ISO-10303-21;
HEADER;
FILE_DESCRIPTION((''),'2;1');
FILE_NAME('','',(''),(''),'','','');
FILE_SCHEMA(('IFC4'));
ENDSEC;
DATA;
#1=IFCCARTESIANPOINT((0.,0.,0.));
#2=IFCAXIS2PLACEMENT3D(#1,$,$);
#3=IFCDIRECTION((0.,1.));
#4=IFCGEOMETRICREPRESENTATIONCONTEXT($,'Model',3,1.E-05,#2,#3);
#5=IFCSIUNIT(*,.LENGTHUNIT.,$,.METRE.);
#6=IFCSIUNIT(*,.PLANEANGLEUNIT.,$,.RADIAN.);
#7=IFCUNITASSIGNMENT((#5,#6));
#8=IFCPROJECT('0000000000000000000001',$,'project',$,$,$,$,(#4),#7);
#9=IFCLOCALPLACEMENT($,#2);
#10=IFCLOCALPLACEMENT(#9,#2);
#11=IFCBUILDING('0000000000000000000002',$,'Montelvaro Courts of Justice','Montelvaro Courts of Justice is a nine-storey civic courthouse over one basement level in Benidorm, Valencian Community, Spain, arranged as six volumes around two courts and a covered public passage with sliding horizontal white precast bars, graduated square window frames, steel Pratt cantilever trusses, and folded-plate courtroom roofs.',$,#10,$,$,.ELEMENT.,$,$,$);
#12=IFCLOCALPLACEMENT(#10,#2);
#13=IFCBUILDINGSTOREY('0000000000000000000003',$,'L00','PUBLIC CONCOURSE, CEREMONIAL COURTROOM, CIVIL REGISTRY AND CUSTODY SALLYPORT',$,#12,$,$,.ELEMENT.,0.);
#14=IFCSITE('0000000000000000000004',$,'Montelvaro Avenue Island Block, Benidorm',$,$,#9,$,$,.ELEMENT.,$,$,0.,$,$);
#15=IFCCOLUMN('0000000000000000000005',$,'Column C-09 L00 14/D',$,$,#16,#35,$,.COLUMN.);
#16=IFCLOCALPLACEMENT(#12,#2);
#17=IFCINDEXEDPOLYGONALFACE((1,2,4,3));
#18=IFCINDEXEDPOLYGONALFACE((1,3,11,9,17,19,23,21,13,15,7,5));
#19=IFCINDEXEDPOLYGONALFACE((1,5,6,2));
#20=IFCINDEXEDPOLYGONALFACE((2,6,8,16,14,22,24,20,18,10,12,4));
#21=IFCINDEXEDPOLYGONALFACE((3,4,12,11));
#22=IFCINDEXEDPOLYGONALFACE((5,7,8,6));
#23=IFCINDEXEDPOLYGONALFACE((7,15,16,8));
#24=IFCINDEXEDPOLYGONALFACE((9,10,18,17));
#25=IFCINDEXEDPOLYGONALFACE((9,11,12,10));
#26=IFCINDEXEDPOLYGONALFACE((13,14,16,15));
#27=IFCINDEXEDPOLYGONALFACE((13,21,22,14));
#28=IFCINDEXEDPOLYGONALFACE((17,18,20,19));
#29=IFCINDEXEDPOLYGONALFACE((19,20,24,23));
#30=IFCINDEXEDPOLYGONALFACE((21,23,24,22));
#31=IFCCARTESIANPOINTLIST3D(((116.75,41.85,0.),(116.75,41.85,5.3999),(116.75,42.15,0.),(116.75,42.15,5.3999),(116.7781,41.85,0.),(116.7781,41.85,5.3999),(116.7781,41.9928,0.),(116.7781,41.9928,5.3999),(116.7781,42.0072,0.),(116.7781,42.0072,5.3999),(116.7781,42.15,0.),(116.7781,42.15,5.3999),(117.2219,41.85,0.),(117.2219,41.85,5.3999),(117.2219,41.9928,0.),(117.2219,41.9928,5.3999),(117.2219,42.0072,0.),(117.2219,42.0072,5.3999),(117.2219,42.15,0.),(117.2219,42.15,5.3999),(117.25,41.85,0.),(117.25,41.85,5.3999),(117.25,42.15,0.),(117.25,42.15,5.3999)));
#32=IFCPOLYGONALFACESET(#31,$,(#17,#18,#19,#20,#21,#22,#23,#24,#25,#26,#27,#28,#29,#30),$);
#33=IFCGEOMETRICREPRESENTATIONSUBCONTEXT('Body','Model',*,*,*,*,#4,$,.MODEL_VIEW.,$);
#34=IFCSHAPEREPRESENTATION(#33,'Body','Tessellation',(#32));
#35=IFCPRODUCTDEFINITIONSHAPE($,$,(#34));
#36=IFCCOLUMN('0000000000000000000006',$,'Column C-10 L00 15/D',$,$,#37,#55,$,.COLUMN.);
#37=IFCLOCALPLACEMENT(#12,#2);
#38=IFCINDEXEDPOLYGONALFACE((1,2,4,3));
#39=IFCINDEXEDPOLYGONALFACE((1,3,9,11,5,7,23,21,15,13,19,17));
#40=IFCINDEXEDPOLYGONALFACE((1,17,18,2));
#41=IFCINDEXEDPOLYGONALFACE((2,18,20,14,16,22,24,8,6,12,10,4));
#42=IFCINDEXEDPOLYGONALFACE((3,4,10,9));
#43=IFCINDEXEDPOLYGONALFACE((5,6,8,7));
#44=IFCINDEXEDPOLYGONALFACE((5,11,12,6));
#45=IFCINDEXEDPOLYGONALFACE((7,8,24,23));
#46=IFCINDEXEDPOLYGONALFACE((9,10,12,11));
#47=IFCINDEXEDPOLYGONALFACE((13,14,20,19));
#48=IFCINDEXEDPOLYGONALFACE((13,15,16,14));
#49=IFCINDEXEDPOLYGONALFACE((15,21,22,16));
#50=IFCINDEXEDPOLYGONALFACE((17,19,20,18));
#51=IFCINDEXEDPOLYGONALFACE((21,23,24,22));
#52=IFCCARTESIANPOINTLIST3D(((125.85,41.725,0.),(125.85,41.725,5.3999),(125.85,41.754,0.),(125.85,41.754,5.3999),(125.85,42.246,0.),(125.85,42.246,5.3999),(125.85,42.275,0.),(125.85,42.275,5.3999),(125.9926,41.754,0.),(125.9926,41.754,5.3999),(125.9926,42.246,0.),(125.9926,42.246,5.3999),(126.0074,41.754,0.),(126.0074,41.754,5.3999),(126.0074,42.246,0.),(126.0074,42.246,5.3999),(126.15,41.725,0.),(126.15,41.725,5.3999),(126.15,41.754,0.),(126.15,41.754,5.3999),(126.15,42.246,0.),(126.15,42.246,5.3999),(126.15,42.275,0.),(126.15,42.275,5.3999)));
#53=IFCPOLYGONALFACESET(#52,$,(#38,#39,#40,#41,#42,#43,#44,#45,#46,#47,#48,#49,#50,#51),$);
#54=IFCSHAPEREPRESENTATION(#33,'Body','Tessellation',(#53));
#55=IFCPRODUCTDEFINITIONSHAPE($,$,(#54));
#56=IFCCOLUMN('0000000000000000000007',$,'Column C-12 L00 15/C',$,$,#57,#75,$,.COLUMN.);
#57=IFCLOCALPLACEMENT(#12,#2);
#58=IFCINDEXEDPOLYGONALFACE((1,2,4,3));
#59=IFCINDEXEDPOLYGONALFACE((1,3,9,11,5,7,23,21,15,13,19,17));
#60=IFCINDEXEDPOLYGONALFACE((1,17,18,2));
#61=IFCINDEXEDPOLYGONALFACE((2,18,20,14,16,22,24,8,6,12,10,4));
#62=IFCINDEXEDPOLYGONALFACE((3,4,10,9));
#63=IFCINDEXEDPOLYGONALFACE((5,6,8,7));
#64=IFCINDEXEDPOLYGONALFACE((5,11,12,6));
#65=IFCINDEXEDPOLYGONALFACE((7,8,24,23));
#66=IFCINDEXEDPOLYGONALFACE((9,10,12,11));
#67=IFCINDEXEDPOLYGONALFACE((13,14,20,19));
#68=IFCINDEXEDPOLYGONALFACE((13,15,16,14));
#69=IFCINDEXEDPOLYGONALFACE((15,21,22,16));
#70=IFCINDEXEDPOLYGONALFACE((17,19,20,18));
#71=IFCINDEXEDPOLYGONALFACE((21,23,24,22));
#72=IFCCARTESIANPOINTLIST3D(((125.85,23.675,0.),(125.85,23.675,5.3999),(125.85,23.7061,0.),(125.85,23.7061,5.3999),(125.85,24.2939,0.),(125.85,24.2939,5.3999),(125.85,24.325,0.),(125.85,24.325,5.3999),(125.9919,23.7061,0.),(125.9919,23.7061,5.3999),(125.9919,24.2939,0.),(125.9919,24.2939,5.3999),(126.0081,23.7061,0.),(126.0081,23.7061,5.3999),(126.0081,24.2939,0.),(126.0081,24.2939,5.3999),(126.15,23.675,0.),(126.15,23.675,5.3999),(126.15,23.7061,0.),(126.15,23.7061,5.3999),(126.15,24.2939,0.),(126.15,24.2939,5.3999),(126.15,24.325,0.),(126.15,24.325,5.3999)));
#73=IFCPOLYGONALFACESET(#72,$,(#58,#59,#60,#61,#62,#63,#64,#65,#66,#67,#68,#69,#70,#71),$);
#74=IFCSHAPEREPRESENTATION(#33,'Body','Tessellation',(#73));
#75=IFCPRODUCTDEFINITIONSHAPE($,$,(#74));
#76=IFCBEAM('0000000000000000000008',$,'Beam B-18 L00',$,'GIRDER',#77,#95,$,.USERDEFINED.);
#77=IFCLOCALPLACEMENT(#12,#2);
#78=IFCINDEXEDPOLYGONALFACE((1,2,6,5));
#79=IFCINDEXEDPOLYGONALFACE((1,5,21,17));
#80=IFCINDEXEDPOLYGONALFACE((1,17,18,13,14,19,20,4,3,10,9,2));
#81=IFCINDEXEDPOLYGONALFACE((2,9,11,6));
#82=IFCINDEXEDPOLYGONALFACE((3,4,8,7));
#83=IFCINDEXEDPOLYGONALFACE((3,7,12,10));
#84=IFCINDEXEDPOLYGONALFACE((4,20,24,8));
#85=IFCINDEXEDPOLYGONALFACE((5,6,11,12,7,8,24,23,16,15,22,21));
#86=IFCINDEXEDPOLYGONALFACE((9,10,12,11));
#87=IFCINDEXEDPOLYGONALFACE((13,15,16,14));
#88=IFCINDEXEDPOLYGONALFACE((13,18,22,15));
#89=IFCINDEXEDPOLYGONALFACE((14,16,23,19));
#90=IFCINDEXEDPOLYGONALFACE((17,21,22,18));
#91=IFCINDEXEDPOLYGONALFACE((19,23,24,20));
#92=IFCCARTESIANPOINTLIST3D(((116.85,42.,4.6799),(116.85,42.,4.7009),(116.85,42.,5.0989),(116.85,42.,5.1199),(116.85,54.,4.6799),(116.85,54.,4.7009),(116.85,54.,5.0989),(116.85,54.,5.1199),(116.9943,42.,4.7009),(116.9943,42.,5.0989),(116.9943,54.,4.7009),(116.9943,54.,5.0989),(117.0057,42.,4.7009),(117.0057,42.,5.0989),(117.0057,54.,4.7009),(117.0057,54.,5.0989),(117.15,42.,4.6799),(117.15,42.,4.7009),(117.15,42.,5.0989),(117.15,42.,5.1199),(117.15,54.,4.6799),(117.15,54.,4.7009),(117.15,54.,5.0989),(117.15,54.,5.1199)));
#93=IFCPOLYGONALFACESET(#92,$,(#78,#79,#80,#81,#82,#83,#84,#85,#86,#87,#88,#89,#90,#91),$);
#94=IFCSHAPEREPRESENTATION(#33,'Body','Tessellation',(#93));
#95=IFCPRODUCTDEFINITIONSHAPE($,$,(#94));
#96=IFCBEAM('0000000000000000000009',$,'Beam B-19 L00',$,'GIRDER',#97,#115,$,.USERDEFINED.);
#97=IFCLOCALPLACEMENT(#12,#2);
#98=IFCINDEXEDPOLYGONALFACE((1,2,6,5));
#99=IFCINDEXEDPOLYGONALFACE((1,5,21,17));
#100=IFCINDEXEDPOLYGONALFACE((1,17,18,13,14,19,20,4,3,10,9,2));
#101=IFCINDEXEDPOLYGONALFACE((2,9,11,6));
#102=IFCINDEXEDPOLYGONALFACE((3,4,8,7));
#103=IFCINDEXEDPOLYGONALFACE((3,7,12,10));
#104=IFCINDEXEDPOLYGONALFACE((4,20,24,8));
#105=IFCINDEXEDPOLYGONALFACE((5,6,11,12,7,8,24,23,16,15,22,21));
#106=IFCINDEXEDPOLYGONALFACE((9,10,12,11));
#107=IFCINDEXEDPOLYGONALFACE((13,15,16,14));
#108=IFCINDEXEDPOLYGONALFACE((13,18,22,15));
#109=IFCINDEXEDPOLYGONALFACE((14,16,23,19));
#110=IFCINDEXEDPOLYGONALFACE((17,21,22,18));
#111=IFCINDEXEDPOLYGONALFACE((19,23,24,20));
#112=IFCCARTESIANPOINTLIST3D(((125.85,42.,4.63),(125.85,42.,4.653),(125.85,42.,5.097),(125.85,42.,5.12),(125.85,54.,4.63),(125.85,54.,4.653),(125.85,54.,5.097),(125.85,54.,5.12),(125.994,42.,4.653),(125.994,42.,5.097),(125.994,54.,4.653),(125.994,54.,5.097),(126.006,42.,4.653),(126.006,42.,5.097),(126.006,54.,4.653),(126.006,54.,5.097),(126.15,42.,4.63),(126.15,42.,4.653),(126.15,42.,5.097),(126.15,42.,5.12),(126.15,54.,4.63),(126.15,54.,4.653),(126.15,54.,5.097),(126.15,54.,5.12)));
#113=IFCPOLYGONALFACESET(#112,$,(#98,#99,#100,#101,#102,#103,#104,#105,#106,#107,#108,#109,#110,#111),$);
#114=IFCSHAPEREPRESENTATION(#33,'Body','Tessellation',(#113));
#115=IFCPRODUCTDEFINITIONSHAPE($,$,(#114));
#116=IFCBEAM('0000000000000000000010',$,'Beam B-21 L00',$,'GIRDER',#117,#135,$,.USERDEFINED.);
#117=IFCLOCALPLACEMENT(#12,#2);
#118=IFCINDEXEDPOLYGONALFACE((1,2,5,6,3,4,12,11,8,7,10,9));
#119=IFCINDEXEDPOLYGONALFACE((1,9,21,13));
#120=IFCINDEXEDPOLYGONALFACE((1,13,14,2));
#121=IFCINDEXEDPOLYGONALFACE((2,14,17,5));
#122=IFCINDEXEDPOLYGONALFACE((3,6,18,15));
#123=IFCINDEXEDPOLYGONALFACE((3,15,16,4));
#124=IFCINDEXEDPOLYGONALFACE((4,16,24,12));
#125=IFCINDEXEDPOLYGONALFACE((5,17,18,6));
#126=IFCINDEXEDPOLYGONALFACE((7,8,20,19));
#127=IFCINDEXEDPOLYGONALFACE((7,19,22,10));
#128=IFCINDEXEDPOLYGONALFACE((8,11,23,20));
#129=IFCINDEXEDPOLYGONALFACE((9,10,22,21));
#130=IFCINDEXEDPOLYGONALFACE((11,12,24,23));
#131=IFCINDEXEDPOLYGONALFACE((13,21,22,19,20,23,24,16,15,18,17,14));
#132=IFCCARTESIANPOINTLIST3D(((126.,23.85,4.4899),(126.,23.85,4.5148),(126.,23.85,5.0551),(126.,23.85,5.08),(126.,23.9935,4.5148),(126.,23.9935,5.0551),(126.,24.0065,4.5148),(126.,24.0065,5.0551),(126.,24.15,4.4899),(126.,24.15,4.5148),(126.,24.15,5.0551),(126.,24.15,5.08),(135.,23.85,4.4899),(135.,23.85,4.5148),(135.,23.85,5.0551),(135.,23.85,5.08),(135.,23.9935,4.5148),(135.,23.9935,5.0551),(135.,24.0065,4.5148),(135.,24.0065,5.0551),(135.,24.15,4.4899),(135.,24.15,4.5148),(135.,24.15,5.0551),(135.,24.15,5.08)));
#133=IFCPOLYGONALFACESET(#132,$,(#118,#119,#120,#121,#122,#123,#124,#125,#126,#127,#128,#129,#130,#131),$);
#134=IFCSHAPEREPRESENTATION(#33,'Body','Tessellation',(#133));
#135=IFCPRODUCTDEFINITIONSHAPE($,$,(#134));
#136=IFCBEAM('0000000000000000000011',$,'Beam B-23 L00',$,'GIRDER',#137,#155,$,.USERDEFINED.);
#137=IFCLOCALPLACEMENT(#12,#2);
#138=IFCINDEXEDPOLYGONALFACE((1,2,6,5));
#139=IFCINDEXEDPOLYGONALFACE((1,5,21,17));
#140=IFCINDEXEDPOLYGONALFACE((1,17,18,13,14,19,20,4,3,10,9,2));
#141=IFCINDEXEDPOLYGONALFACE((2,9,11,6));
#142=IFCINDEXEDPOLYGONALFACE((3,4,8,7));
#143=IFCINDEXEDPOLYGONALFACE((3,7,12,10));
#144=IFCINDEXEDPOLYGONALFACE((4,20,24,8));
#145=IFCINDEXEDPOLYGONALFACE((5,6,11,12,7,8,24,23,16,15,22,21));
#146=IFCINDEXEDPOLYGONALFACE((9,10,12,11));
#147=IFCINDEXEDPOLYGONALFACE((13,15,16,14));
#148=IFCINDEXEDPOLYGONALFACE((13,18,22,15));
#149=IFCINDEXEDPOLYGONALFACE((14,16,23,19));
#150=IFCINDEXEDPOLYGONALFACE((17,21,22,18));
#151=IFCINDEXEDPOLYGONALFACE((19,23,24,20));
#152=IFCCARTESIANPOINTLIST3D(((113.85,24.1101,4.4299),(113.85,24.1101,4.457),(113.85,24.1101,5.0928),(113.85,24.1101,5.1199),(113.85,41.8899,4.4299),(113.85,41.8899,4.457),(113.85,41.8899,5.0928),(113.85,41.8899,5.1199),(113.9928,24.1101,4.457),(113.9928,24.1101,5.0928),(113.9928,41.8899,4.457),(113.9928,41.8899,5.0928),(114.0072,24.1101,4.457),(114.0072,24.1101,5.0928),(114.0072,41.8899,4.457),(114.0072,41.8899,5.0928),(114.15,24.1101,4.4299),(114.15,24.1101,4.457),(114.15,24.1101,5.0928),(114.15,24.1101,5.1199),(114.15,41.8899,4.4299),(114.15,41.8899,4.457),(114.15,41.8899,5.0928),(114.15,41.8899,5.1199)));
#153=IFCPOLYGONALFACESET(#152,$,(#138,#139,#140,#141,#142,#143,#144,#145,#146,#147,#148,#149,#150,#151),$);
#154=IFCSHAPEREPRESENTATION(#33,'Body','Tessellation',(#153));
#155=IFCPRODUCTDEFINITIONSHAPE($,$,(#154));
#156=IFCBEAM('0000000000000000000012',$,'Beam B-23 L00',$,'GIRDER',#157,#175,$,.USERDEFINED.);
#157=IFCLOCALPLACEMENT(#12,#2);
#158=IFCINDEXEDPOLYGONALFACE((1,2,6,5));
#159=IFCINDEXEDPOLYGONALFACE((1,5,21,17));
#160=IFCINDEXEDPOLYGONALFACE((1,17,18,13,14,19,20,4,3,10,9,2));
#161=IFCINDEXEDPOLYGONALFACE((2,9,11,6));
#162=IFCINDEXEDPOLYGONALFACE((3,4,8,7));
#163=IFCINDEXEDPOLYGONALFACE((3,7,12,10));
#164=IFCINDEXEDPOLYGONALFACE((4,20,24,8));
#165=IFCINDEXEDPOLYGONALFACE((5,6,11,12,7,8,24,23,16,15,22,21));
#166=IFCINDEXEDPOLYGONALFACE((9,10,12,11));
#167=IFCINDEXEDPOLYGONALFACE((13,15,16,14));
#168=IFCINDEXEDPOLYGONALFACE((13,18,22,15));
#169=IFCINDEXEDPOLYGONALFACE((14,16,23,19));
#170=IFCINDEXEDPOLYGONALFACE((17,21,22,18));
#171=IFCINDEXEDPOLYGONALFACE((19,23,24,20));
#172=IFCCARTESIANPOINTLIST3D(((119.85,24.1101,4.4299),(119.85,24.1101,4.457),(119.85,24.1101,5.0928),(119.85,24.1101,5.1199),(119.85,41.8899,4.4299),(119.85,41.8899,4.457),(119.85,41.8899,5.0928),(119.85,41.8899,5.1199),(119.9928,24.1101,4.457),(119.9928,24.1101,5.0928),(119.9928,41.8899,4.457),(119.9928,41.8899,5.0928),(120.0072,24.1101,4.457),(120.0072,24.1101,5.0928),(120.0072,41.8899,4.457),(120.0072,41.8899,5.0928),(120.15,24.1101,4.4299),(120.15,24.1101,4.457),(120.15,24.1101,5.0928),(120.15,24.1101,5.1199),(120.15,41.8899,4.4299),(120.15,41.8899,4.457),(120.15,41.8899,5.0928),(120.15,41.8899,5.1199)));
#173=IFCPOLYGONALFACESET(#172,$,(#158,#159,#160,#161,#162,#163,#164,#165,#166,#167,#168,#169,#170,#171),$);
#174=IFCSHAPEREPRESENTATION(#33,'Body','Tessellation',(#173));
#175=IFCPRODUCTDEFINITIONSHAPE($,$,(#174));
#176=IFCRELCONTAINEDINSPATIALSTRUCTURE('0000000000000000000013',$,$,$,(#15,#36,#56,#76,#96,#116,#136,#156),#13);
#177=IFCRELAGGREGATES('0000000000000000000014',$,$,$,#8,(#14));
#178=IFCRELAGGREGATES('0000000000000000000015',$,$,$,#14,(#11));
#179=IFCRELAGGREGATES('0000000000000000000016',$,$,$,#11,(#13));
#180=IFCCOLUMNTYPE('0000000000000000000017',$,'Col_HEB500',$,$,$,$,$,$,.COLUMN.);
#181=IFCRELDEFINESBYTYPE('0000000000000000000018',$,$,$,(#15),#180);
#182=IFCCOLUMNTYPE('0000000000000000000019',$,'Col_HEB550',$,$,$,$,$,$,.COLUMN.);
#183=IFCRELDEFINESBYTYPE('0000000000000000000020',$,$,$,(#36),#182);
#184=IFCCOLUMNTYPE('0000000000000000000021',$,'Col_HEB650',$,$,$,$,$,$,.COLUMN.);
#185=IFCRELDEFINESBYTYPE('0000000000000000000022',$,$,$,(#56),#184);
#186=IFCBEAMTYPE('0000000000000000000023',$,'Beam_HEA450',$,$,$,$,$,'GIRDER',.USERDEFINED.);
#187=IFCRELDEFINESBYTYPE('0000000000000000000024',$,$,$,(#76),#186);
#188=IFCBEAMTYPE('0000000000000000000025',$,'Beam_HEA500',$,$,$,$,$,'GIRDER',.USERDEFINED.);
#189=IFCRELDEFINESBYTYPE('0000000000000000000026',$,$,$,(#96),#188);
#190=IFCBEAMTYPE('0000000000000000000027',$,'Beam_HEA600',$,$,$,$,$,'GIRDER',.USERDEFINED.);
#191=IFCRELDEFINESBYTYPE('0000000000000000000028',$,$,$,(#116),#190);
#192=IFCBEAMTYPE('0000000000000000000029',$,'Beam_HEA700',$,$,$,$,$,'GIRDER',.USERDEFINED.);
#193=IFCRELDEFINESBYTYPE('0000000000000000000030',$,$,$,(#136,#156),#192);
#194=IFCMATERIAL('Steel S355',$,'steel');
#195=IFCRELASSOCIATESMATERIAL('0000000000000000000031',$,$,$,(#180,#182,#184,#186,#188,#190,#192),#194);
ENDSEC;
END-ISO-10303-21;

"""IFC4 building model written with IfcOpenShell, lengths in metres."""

from ifc_helpers import new_model, si_unit, direction, frame, origin, origin_2d, place, context, subcontext, project, spatial, i_section, extrude, material, material_profile, profile_set, type_object, element, save


model = new_model("IFC4")

# Units and contexts
model_context = context("Model", 3, precision=1e-05, world=origin(), true_north=direction((0.0, 1.0)))
body_context = subcontext(model_context, "Body", "Model", "MODEL_VIEW")
ifc_project = project(units=[si_unit("LENGTHUNIT", "METRE"), si_unit("PLANEANGLEUNIT", "RADIAN")], contexts=[model_context])

# Site, building, storey
site_placement = place(None, origin())
site = spatial("IfcSite", under=ifc_project, at=site_placement, Name="Montelvaro Avenue Island Block, Benidorm", CompositionType="ELEMENT", RefElevation=0.0)
building_placement = place(site_placement, origin())
building = spatial("IfcBuilding", under=site, at=building_placement, Name="Montelvaro Courts of Justice", Description="Montelvaro Courts of Justice is a nine-storey civic courthouse over one basement level in Benidorm, Valencian Community, Spain, arranged as six volumes around two courts and a covered public passage with sliding horizontal white precast bars, graduated square window frames, steel Pratt cantilever trusses, and folded-plate courtroom roofs.", CompositionType="ELEMENT")
storey_placement = place(building_placement, origin())
storey = spatial("IfcBuildingStorey", under=building, at=storey_placement, Name="L00", Description="PUBLIC CONCOURSE, CEREMONIAL COURTROOM, CIVIL REGISTRY AND CUSTODY SALLYPORT", CompositionType="ELEMENT", Elevation=0.0)

# Columns
ifc_material_1 = material(Name="Steel S355", Category="steel")
ifc_material_profile_1 = material_profile(ifc_material_1, i_section(OverallWidth=0.3, OverallDepth=0.5, WebThickness=0.0144, FlangeThickness=0.0281, at=origin_2d()), Name="HEB 500")
ifc_profile_set_1 = profile_set([ifc_material_profile_1], Name="Steel S355")
column_type_1 = type_object("IfcColumnType", Name="Col_HEB500", PredefinedType="COLUMN", material=ifc_profile_set_1)
column_1_placement = place(storey_placement, frame((117.0, 42.0, 0.0), z_axis=(0.0, 0.0, 1.0), x_axis=(0.0, 1.0, 0.0)))
element("IfcColumn", 1, at=column_1_placement, inside=storey, type_object=column_type_1, Name="Column C-09 L00 14/D", PredefinedType="COLUMN", context=body_context, shape_type="SweptSolid", body=[
    extrude(i_section(OverallWidth=0.3, OverallDepth=0.5, WebThickness=0.0144, FlangeThickness=0.0281, at=origin_2d()), origin(), (0.0, 0.0, 1.0), 5.3999),
])
ifc_material_profile_2 = material_profile(ifc_material_1, i_section(OverallWidth=0.3, OverallDepth=0.55, WebThickness=0.0149, FlangeThickness=0.0291, at=origin_2d()), Name="HEB 550")
ifc_profile_set_2 = profile_set([ifc_material_profile_2], Name="Steel S355")
column_type_2 = type_object("IfcColumnType", Name="Col_HEB550", PredefinedType="COLUMN", material=ifc_profile_set_2)
column_2_placement = place(storey_placement, frame((126.0, 42.0, 0.0), z_axis=(0.0, 0.0, 1.0), x_axis=(1.0, 0.0, 0.0)))
element("IfcColumn", 2, at=column_2_placement, inside=storey, type_object=column_type_2, Name="Column C-10 L00 15/D", PredefinedType="COLUMN", context=body_context, shape_type="SweptSolid", body=[
    extrude(i_section(OverallWidth=0.3, OverallDepth=0.55, WebThickness=0.0149, FlangeThickness=0.0291, at=origin_2d()), origin(), (0.0, 0.0, 1.0), 5.3999),
])
ifc_material_profile_3 = material_profile(ifc_material_1, i_section(OverallWidth=0.3, OverallDepth=0.6499, WebThickness=0.0161, FlangeThickness=0.031, at=origin_2d()), Name="HEB 650")
ifc_profile_set_3 = profile_set([ifc_material_profile_3], Name="Steel S355")
column_type_3 = type_object("IfcColumnType", Name="Col_HEB650", PredefinedType="COLUMN", material=ifc_profile_set_3)
column_3_placement = place(storey_placement, frame((126.0, 24.0, 0.0), z_axis=(0.0, 0.0, 1.0), x_axis=(1.0, 0.0, 0.0)))
element("IfcColumn", 3, at=column_3_placement, inside=storey, type_object=column_type_3, Name="Column C-12 L00 15/C", PredefinedType="COLUMN", context=body_context, shape_type="SweptSolid", body=[
    extrude(i_section(OverallWidth=0.3, OverallDepth=0.6499, WebThickness=0.0161, FlangeThickness=0.031, at=origin_2d()), origin(), (0.0, 0.0, 1.0), 5.3999),
])

# Beams
ifc_material_profile_4 = material_profile(ifc_material_1, i_section(OverallWidth=0.3, OverallDepth=0.4399, WebThickness=0.0115, FlangeThickness=0.021, at=origin_2d()), Name="HEA 450")
ifc_profile_set_4 = profile_set([ifc_material_profile_4], Name="Steel S355")
beam_type_1 = type_object("IfcBeamType", Name="Beam_HEA450", ElementType="GIRDER", PredefinedType="USERDEFINED", material=ifc_profile_set_4)
beam_1_placement = place(storey_placement, frame((117.0, 42.0, 4.8999), z_axis=(0.0, 1.0, 0.0), x_axis=(-1.0, 0.0, 0.0)))
element("IfcBeam", 4, at=beam_1_placement, inside=storey, type_object=beam_type_1, Name="Beam B-18 L00", ObjectType="GIRDER", PredefinedType="USERDEFINED", context=body_context, shape_type="SweptSolid", body=[
    extrude(i_section(OverallWidth=0.3, OverallDepth=0.4399, WebThickness=0.0115, FlangeThickness=0.021, at=origin_2d()), origin(), (0.0, 0.0, 1.0), 12.0),
])
ifc_material_profile_5 = material_profile(ifc_material_1, i_section(OverallWidth=0.3, OverallDepth=0.49, WebThickness=0.012, FlangeThickness=0.0229, at=origin_2d()), Name="HEA 500")
ifc_profile_set_5 = profile_set([ifc_material_profile_5], Name="Steel S355")
beam_type_2 = type_object("IfcBeamType", Name="Beam_HEA500", ElementType="GIRDER", PredefinedType="USERDEFINED", material=ifc_profile_set_5)
beam_2_placement = place(storey_placement, frame((126.0, 42.0, 4.875), z_axis=(0.0, 1.0, 0.0), x_axis=(-1.0, 0.0, 0.0)))
element("IfcBeam", 5, at=beam_2_placement, inside=storey, type_object=beam_type_2, Name="Beam B-19 L00", ObjectType="GIRDER", PredefinedType="USERDEFINED", context=body_context, shape_type="SweptSolid", body=[
    extrude(i_section(OverallWidth=0.3, OverallDepth=0.49, WebThickness=0.012, FlangeThickness=0.0229, at=origin_2d()), origin(), (0.0, 0.0, 1.0), 12.0),
])
ifc_material_profile_6 = material_profile(ifc_material_1, i_section(OverallWidth=0.3, OverallDepth=0.5901, WebThickness=0.0129, FlangeThickness=0.0249, at=origin_2d()), Name="HEA 600")
ifc_profile_set_6 = profile_set([ifc_material_profile_6], Name="Steel S355")
beam_type_3 = type_object("IfcBeamType", Name="Beam_HEA600", ElementType="GIRDER", PredefinedType="USERDEFINED", material=ifc_profile_set_6)
beam_3_placement = place(storey_placement, frame((126.0, 24.0, 4.7849), z_axis=(1.0, 0.0, 0.0), x_axis=(0.0, 1.0, 0.0)))
element("IfcBeam", 6, at=beam_3_placement, inside=storey, type_object=beam_type_3, Name="Beam B-21 L00", ObjectType="GIRDER", PredefinedType="USERDEFINED", context=body_context, shape_type="SweptSolid", body=[
    extrude(i_section(OverallWidth=0.3, OverallDepth=0.5901, WebThickness=0.0129, FlangeThickness=0.0249, at=origin_2d()), origin(), (0.0, 0.0, 1.0), 9.0),
])
ifc_material_profile_7 = material_profile(ifc_material_1, i_section(OverallWidth=0.3, OverallDepth=0.6899, WebThickness=0.0144, FlangeThickness=0.0271, at=origin_2d()), Name="HEA 700")
ifc_profile_set_7 = profile_set([ifc_material_profile_7], Name="Steel S355")
beam_type_4 = type_object("IfcBeamType", Name="Beam_HEA700", ElementType="GIRDER", PredefinedType="USERDEFINED", material=ifc_profile_set_7)
for number, where, z_axis, x_axis, name in (
    (7, (114.0, 24.1101, 4.7749), (0.0, 1.0, 0.0), (-1.0, 0.0, 0.0), "Beam B-23 L00"),
    (8, (120.0, 24.1101, 4.7749), (0.0, 1.0, 0.0), (-1.0, 0.0, 0.0), "Beam B-23 L00"),
):
    element("IfcBeam", number, at=place(storey_placement, frame(where, z_axis=z_axis, x_axis=x_axis)), inside=storey, type_object=beam_type_4, Name=name, ObjectType="GIRDER", PredefinedType="USERDEFINED", context=body_context, shape_type="SweptSolid", body=[
        extrude(i_section(OverallWidth=0.3, OverallDepth=0.6899, WebThickness=0.0144, FlangeThickness=0.0271, at=origin_2d()), origin(), (0.0, 0.0, 1.0), 17.7798),
    ])

save(model, "model.ifc")
